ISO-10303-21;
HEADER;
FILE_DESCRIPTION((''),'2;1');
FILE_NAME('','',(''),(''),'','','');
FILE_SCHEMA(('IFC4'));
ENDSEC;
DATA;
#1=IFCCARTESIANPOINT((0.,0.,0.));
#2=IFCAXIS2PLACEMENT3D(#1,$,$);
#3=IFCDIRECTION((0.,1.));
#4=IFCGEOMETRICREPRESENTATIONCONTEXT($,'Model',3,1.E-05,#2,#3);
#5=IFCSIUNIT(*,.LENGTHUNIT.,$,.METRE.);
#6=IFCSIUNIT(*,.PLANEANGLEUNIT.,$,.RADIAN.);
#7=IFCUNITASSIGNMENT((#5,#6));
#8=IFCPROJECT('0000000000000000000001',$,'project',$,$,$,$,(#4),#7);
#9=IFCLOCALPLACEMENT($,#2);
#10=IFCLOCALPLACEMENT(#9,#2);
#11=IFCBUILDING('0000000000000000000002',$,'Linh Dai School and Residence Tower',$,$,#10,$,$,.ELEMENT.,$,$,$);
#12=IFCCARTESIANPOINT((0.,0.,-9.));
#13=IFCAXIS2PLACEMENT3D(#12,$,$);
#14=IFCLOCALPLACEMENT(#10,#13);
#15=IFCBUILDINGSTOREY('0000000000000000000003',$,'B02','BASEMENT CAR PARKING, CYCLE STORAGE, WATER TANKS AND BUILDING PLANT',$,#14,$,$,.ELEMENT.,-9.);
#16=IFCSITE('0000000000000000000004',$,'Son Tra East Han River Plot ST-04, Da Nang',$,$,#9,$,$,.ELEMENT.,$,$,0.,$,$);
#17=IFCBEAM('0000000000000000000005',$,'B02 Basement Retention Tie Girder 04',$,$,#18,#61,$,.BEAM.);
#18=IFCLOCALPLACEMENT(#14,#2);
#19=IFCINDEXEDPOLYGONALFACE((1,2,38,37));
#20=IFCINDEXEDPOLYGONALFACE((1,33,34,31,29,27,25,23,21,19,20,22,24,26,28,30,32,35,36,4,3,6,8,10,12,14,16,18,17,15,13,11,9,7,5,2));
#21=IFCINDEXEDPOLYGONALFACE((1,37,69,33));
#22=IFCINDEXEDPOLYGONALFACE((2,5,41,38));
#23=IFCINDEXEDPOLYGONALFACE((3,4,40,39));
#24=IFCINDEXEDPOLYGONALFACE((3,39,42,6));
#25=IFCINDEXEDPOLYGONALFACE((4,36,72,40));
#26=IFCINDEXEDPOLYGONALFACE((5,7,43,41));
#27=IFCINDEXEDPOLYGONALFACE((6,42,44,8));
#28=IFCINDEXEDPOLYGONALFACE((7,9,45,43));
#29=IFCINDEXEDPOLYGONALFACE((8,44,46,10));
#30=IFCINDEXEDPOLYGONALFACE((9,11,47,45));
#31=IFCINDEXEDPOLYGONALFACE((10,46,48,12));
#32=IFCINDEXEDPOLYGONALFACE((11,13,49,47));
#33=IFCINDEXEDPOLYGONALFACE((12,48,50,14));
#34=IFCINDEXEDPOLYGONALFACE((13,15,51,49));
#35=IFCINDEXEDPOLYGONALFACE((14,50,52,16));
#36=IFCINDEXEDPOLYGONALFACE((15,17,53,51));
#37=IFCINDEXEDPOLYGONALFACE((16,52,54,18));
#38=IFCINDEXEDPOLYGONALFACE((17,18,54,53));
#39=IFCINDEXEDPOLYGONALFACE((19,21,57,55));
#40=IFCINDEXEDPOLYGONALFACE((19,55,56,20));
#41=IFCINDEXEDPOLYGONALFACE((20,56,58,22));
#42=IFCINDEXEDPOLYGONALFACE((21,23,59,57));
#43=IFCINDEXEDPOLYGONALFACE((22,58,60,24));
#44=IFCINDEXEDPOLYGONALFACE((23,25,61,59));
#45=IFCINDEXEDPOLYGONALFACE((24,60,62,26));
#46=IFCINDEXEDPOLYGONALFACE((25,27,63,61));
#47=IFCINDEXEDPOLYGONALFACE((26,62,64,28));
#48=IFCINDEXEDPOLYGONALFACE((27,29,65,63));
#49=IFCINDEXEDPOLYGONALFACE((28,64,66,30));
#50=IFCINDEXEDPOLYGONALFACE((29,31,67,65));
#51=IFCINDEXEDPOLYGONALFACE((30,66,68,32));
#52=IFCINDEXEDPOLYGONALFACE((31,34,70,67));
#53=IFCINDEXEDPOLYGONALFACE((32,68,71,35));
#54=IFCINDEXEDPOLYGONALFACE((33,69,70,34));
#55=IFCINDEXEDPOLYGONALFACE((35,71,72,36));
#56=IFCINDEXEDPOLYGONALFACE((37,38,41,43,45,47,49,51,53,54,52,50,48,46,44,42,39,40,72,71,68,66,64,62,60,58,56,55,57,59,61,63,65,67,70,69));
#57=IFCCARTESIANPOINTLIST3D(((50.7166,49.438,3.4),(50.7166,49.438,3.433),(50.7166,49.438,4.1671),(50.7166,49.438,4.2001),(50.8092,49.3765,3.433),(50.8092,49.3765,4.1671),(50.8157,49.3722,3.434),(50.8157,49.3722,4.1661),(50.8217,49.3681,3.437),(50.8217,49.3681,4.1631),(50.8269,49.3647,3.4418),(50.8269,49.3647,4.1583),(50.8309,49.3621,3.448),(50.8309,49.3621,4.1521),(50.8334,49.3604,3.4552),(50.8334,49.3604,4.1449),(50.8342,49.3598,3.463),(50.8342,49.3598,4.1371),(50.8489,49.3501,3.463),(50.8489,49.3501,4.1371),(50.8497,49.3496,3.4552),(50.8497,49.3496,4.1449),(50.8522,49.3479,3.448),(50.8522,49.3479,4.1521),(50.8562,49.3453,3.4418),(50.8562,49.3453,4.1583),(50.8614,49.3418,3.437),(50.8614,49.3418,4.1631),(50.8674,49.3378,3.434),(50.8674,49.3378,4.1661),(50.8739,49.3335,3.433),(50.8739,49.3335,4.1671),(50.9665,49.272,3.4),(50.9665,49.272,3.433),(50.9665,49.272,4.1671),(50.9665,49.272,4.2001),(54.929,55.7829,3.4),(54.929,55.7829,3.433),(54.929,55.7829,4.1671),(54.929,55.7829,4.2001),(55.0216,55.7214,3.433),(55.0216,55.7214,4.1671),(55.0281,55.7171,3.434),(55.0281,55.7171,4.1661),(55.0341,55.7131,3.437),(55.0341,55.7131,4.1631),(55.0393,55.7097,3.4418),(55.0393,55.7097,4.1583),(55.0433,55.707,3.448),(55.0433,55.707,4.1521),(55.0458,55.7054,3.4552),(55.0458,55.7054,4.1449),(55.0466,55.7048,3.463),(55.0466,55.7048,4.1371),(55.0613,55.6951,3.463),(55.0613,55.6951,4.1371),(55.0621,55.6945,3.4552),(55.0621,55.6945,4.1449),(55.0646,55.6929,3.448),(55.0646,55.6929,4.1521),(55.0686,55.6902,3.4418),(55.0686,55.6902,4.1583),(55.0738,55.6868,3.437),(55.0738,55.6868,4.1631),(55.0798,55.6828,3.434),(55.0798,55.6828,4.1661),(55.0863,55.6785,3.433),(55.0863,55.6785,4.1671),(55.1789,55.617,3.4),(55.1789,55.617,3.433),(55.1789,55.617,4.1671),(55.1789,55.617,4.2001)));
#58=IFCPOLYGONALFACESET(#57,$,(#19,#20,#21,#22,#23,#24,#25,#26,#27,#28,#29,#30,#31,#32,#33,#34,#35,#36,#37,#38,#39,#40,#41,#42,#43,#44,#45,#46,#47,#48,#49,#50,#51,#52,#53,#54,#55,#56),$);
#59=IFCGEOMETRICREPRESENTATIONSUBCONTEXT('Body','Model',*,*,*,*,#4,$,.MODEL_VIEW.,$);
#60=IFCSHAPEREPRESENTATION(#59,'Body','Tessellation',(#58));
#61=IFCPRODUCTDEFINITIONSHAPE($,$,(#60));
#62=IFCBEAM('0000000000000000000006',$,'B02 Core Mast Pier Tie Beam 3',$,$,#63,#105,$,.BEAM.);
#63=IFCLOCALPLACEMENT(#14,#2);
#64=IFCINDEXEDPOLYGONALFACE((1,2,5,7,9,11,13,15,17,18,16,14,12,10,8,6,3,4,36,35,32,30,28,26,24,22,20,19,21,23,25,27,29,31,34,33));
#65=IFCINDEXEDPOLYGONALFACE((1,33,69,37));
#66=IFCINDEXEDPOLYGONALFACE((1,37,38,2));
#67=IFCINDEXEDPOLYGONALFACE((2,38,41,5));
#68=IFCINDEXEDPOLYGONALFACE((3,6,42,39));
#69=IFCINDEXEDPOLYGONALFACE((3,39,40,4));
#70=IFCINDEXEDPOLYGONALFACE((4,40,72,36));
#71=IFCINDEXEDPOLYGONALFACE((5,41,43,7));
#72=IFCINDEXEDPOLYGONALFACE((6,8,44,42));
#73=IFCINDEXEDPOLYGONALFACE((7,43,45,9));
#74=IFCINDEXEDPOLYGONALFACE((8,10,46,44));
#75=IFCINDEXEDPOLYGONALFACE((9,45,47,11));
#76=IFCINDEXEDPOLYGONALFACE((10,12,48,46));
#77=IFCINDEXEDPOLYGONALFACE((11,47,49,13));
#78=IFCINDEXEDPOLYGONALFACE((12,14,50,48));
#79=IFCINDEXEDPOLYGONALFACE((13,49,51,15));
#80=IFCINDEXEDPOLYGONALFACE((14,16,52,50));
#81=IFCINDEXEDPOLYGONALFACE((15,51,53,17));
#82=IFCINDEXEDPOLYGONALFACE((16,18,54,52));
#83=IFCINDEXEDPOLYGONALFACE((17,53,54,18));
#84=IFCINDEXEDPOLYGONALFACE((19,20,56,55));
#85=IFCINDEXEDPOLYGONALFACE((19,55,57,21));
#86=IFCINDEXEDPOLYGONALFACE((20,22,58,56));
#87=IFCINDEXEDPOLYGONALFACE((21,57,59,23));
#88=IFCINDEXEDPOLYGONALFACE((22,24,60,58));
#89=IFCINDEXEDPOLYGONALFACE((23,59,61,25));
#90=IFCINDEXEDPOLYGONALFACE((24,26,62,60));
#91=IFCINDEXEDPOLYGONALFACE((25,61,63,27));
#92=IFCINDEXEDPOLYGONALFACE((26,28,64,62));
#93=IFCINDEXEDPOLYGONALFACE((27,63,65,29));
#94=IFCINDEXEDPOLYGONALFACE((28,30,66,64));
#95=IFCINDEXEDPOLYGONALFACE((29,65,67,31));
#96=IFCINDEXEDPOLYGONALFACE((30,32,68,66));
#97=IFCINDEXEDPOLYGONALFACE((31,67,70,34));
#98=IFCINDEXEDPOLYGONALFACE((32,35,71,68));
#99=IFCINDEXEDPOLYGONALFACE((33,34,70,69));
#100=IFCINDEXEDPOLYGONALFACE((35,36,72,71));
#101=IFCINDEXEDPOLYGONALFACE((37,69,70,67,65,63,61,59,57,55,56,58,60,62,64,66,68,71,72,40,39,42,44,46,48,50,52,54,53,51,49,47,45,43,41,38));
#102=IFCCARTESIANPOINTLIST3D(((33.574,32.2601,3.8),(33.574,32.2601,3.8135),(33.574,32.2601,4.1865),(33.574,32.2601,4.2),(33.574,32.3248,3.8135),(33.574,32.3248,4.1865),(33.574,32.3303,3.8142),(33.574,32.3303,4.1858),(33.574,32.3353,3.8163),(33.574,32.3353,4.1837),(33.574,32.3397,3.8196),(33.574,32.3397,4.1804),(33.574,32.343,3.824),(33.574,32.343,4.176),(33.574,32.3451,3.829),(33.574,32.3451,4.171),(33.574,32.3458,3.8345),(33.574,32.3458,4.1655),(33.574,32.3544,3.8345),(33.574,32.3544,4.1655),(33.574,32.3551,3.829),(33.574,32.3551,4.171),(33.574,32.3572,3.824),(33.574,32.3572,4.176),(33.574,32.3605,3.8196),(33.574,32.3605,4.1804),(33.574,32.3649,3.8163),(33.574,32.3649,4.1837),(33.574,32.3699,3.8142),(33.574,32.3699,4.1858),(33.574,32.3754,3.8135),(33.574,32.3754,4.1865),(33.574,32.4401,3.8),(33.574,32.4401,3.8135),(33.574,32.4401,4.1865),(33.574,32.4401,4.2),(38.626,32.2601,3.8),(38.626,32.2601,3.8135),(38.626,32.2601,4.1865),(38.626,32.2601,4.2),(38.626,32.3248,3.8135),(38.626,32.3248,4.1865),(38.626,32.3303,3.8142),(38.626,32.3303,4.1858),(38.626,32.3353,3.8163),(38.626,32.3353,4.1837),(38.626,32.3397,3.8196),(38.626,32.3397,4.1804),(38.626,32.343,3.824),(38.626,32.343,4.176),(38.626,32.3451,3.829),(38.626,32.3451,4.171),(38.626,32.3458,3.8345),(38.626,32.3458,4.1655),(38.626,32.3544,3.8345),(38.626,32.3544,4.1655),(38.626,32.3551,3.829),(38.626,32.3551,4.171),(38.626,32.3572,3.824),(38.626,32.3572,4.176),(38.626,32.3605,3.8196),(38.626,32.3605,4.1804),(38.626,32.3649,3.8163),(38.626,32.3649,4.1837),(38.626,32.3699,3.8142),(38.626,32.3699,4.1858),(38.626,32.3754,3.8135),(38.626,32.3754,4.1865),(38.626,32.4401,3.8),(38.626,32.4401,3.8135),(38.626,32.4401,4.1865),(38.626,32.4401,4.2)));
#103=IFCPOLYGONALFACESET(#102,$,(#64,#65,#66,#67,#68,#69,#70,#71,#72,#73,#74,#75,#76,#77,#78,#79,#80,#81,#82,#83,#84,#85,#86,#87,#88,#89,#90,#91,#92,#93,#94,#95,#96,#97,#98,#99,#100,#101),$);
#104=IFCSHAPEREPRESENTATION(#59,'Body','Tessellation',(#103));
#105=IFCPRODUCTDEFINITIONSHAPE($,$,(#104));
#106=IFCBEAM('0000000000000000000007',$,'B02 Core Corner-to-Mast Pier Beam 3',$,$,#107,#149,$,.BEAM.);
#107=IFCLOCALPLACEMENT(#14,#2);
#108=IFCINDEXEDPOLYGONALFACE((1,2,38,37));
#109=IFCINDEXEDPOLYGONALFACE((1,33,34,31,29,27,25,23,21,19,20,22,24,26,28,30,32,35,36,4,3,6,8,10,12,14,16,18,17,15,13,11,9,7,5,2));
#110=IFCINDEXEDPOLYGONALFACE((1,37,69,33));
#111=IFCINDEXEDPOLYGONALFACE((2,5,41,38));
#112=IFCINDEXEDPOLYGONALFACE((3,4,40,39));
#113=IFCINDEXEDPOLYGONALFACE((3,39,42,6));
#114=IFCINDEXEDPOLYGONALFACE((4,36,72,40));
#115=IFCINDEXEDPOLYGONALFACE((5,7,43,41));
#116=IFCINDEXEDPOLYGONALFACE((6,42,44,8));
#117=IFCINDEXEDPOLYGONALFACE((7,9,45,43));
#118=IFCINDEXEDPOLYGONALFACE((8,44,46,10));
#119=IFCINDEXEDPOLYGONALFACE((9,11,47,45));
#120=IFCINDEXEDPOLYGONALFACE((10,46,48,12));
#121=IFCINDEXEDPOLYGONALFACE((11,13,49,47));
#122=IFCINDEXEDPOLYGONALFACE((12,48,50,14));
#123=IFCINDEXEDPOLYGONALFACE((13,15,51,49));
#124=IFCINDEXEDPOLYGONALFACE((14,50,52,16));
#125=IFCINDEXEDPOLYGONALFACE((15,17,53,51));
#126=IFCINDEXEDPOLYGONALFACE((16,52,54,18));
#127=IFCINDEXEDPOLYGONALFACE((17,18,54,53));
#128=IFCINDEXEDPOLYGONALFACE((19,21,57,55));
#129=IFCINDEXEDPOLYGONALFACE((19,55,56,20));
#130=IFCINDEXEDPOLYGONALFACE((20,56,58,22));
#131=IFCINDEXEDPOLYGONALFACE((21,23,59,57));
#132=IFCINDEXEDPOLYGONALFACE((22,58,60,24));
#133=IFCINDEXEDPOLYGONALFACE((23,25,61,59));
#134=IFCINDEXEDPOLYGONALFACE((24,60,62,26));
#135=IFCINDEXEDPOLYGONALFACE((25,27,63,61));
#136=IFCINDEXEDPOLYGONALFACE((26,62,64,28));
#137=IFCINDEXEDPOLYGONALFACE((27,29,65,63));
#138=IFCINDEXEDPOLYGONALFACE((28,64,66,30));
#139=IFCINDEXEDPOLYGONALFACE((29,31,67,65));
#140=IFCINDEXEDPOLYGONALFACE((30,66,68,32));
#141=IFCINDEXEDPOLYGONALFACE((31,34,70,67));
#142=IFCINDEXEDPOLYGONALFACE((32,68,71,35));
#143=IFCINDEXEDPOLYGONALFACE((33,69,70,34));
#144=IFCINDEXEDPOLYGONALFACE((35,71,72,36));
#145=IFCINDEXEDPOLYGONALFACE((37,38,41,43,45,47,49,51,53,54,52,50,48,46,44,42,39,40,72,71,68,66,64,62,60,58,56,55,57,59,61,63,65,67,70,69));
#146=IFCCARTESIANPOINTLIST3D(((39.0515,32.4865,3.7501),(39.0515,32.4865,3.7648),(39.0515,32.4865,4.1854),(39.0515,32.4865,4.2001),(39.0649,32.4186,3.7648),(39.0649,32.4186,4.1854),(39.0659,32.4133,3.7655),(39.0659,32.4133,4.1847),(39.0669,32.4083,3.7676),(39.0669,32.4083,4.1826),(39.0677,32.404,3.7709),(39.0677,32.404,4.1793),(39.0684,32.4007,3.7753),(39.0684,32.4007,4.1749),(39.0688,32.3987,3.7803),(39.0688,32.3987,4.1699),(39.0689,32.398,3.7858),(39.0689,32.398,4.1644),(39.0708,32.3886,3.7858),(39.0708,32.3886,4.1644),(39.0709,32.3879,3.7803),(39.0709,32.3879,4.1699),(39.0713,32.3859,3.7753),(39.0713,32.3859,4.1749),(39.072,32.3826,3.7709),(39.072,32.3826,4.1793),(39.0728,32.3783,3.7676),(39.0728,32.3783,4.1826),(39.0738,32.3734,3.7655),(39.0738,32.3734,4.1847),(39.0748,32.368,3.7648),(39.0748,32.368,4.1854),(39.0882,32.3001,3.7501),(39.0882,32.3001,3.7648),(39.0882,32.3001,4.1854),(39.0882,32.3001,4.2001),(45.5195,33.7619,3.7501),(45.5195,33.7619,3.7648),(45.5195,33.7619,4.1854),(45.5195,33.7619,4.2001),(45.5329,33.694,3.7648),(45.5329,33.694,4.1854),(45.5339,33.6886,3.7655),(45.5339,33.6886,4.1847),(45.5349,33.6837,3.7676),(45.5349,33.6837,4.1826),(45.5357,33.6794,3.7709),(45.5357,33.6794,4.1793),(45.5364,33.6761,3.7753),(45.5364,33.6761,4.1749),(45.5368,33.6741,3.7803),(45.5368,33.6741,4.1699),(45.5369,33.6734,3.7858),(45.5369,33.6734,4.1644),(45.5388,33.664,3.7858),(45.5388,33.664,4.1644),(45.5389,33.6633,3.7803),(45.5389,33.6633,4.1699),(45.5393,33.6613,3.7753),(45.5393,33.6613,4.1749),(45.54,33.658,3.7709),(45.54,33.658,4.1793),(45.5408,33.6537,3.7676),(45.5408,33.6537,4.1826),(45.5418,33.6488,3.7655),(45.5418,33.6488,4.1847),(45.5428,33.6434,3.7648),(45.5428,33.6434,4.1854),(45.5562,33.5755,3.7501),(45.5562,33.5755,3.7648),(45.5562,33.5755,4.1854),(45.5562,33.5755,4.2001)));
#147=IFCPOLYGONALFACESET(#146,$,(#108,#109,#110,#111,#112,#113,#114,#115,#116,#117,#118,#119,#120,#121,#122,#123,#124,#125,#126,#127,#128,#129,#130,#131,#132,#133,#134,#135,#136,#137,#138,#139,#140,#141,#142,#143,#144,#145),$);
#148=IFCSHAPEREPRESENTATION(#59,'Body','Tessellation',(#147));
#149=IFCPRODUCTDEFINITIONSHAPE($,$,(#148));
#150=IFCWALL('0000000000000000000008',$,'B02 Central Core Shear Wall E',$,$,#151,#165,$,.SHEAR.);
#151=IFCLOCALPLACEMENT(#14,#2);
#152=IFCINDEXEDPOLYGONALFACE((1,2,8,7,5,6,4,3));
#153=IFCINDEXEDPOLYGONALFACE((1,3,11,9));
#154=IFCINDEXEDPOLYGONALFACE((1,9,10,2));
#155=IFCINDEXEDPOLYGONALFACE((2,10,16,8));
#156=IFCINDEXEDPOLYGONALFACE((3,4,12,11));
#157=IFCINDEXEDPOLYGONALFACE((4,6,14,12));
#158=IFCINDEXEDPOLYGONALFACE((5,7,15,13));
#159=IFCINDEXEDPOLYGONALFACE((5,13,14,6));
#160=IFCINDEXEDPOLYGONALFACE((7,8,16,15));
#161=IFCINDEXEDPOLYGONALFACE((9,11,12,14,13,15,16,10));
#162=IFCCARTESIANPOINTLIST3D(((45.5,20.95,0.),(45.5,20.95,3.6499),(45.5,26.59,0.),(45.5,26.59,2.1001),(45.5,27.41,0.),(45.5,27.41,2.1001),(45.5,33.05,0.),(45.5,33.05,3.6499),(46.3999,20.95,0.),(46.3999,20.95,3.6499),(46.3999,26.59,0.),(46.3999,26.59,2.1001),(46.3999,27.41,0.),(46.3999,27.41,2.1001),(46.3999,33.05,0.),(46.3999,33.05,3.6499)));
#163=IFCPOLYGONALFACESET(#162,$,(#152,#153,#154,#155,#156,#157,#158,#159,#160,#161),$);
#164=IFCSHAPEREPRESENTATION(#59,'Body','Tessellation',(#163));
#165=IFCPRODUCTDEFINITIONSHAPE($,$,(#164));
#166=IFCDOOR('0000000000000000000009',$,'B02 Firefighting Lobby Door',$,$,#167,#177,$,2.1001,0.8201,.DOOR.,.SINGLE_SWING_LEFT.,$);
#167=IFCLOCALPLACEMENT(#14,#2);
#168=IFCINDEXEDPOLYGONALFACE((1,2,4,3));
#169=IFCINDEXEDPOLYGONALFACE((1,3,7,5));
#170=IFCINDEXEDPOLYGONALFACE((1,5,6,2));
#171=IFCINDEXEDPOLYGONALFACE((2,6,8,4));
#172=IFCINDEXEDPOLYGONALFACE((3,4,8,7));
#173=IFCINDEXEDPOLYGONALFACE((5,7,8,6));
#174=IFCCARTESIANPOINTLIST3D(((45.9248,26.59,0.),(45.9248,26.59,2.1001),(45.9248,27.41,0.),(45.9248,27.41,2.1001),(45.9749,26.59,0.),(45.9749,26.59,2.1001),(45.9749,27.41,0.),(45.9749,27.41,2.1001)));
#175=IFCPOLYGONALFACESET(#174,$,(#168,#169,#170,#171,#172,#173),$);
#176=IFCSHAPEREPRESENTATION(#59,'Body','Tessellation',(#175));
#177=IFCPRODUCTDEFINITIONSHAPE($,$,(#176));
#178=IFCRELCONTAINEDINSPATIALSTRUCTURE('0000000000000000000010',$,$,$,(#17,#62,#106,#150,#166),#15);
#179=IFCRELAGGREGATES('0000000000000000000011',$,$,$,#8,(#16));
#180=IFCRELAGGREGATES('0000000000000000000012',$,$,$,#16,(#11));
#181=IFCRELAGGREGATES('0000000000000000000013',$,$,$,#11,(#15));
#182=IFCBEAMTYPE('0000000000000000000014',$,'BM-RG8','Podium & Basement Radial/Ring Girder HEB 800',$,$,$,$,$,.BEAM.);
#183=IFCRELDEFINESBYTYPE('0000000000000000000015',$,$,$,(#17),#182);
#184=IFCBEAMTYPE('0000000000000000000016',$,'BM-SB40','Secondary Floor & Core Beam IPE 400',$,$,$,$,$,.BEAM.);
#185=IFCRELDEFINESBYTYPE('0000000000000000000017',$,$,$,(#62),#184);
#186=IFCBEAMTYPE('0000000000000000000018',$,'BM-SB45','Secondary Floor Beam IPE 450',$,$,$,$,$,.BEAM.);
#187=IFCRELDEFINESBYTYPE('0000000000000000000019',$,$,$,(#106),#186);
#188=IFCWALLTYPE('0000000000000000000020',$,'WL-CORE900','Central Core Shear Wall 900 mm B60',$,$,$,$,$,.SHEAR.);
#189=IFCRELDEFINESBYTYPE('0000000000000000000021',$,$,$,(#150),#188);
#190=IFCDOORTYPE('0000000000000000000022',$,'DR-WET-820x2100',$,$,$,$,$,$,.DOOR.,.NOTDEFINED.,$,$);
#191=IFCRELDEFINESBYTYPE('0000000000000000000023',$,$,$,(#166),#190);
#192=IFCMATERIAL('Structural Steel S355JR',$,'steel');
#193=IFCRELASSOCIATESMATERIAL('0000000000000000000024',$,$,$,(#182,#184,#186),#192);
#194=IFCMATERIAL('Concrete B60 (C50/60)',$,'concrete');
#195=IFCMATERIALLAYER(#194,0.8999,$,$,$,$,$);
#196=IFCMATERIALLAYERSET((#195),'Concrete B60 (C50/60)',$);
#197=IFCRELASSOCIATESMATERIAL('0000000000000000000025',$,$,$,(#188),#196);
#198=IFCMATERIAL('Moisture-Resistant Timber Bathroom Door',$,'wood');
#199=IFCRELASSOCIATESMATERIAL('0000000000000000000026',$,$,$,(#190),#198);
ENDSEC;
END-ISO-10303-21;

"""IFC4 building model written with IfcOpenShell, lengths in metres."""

from ifc_helpers import new_model, si_unit, direction, frame, frame_2d, origin, origin_2d, place, context, subcontext, project, spatial, rectangle, i_section, extrude, source, transform, mapped, material, layer, layer_set, material_profile, profile_set, type_object, element, fill, save


model = new_model("IFC4")

# Units and contexts
model_context = context("Model", 3, precision=1e-05, world=origin(), true_north=direction((0.0, 1.0)))
body_context = subcontext(model_context, "Body", "Model", "MODEL_VIEW")
ifc_project = project(units=[si_unit("LENGTHUNIT", "METRE"), si_unit("PLANEANGLEUNIT", "RADIAN")], contexts=[model_context])

# Site, building, storey
site_placement = place(None, origin())
site = spatial("IfcSite", under=ifc_project, at=site_placement, Name="Son Tra East Han River Plot ST-04, Da Nang", CompositionType="ELEMENT", RefElevation=0.0)
building_placement = place(site_placement, origin())
building = spatial("IfcBuilding", under=site, at=building_placement, Name="Linh Dai School and Residence Tower", CompositionType="ELEMENT")
storey_placement = place(building_placement, frame((0.0, 0.0, -9.0)))
storey = spatial("IfcBuildingStorey", under=building, at=storey_placement, Name="B02", Description="BASEMENT CAR PARKING, CYCLE STORAGE, WATER TANKS AND BUILDING PLANT", CompositionType="ELEMENT", Elevation=-9.0)

# Shared definitions
ifc_material_1 = material(Name="Concrete B60 (C50/60)", Category="concrete")
ifc_material_2 = material(Name="Structural Steel S355JR", Category="steel")

# Beams
ifc_material_profile_1 = material_profile(ifc_material_2, i_section(OverallWidth=0.3, OverallDepth=0.8, WebThickness=0.0176, FlangeThickness=0.033, FilletRadius=0.03, at=origin_2d()), Name="HEB 800")
ifc_profile_set_1 = profile_set([ifc_material_profile_1], Name="Structural Steel S355JR")
beam_type_1 = type_object("IfcBeamType", Name="BM-RG8", Description="Podium & Basement Radial/Ring Girder HEB 800", PredefinedType="BEAM", material=ifc_profile_set_1)
beam_1_placement = place(storey_placement, frame((50.8416, 49.355, 3.8), z_axis=(0.553101, 0.833114, 0.0), x_axis=(-0.833114, 0.553101, 0.0)))
element("IfcBeam", 1, at=beam_1_placement, inside=storey, type_object=beam_type_1, Name="B02 Basement Retention Tie Girder 04", PredefinedType="BEAM", context=body_context, shape_type="SweptSolid", body=[
    extrude(i_section(OverallWidth=0.3, OverallDepth=0.8, WebThickness=0.0176, FlangeThickness=0.033, FilletRadius=0.03, at=origin_2d()), origin(), (0.0, 0.0, 1.0), 7.616),
])
ifc_material_profile_2 = material_profile(ifc_material_2, i_section(OverallWidth=0.1799, OverallDepth=0.3999, WebThickness=0.0085, FlangeThickness=0.0134, FilletRadius=0.021, at=origin_2d()), Name="IPE 400")
ifc_profile_set_2 = profile_set([ifc_material_profile_2], Name="Structural Steel S355JR")
beam_type_2 = type_object("IfcBeamType", Name="BM-SB40", Description="Secondary Floor & Core Beam IPE 400", PredefinedType="BEAM", material=ifc_profile_set_2)
beam_2_placement = place(storey_placement, frame((38.626, 32.3501, 4.0), z_axis=(-1.0, 0.0, 0.0), x_axis=(0.0, -1.0, 0.0)))
element("IfcBeam", 2, at=beam_2_placement, inside=storey, type_object=beam_type_2, Name="B02 Core Mast Pier Tie Beam 3", PredefinedType="BEAM", context=body_context, shape_type="SweptSolid", body=[
    extrude(i_section(OverallWidth=0.1799, OverallDepth=0.3999, WebThickness=0.0085, FlangeThickness=0.0134, FilletRadius=0.021, at=origin_2d()), origin(), (0.0, 0.0, 1.0), 5.052),
])
ifc_material_profile_3 = material_profile(ifc_material_2, i_section(OverallWidth=0.1899, OverallDepth=0.45, WebThickness=0.0095, FlangeThickness=0.0146, FilletRadius=0.021, at=origin_2d()), Name="IPE 450")
ifc_profile_set_3 = profile_set([ifc_material_profile_3], Name="Structural Steel S355JR")
beam_type_3 = type_object("IfcBeamType", Name="BM-SB45", Description="Secondary Floor Beam IPE 450", PredefinedType="BEAM", material=ifc_profile_set_3)
beam_3_placement = place(storey_placement, frame((45.5378, 33.6687, 3.9751), z_axis=(-0.981108, -0.193459, 0.0), x_axis=(0.193459, -0.981108, 0.0)))
element("IfcBeam", 3, at=beam_3_placement, inside=storey, type_object=beam_type_3, Name="B02 Core Corner-to-Mast Pier Beam 3", PredefinedType="BEAM", context=body_context, shape_type="SweptSolid", body=[
    extrude(i_section(OverallWidth=0.1899, OverallDepth=0.45, WebThickness=0.0095, FlangeThickness=0.0146, FilletRadius=0.021, at=origin_2d()), origin(), (0.0, 0.0, 1.0), 6.5925),
])

# Wall, opening, door
ifc_layer = layer(ifc_material_1, 0.8999)
ifc_layer_set = layer_set([ifc_layer], Name="Concrete B60 (C50/60)")
wall_type = type_object("IfcWallType", Name="WL-CORE900", Description="Central Core Shear Wall 900 mm B60", PredefinedType="SHEAR", material=ifc_layer_set)
wall_placement = place(storey_placement, frame((45.95, 33.05, 0.0), z_axis=(0.0, 0.0, 1.0), x_axis=(0.0, -1.0, 0.0)))
wall = element("IfcWall", 4, at=wall_placement, inside=storey, type_object=wall_type, Name="B02 Central Core Shear Wall E", PredefinedType="SHEAR", context=body_context, shape_type="SweptSolid", body=[
    extrude(rectangle(XDim=12.1001, YDim=0.8999, at=frame_2d((6.05, 0.0))), origin(), (0.0, 0.0, 1.0), 3.6499),
])
opening_placement = place(wall_placement, frame((5.6399, 0.0, 0.0)))
opening = element("IfcOpeningElement", 5, at=opening_placement, cuts=wall, PredefinedType="OPENING", context=body_context, shape_type="SweptSolid", body=[
    extrude(rectangle(XDim=0.8201, YDim=2.1001, at=origin_2d()), frame((0.4102, 0.46, 1.05), z_axis=(0.0, -1.0, 0.0), x_axis=(1.0, 0.0, 0.0)), (0.0, 0.0, 1.0), 0.9199),
])
ifc_material_3 = material(Name="Moisture-Resistant Timber Bathroom Door", Category="wood")
door_type = type_object("IfcDoorType", Name="DR-WET-820x2100", OperationType="NOTDEFINED", PredefinedType="DOOR", material=ifc_material_3)
shared_shape = source(origin(), body_context, "Body", "SweptSolid", [
    extrude(rectangle(XDim=0.8201, YDim=2.1001, at=origin_2d()), frame((0.4102, 0.0249, 1.05), z_axis=(0.0, -1.0, 0.0), x_axis=(1.0, 0.0, 0.0)), (0.0, 0.0, 1.0), 0.05),
])
door_placement = place(opening_placement, origin())
door = element("IfcDoor", 6, at=door_placement, inside=storey, type_object=door_type, Name="B02 Firefighting Lobby Door", OperationType="SINGLE_SWING_LEFT", OverallHeight=2.1001, OverallWidth=0.8201, PredefinedType="DOOR", context=body_context, shape_type="MappedRepresentation", body=[
    mapped(shared_shape, transform((0.0, 0.0, 0.0), x_axis=(1.0, 0.0, 0.0), y_axis=(0.0, 1.0, 0.0), z_axis=(0.0, 0.0, 1.0), scale=1.0)),
])
fill(opening, door)

save(model, "model.ifc")
